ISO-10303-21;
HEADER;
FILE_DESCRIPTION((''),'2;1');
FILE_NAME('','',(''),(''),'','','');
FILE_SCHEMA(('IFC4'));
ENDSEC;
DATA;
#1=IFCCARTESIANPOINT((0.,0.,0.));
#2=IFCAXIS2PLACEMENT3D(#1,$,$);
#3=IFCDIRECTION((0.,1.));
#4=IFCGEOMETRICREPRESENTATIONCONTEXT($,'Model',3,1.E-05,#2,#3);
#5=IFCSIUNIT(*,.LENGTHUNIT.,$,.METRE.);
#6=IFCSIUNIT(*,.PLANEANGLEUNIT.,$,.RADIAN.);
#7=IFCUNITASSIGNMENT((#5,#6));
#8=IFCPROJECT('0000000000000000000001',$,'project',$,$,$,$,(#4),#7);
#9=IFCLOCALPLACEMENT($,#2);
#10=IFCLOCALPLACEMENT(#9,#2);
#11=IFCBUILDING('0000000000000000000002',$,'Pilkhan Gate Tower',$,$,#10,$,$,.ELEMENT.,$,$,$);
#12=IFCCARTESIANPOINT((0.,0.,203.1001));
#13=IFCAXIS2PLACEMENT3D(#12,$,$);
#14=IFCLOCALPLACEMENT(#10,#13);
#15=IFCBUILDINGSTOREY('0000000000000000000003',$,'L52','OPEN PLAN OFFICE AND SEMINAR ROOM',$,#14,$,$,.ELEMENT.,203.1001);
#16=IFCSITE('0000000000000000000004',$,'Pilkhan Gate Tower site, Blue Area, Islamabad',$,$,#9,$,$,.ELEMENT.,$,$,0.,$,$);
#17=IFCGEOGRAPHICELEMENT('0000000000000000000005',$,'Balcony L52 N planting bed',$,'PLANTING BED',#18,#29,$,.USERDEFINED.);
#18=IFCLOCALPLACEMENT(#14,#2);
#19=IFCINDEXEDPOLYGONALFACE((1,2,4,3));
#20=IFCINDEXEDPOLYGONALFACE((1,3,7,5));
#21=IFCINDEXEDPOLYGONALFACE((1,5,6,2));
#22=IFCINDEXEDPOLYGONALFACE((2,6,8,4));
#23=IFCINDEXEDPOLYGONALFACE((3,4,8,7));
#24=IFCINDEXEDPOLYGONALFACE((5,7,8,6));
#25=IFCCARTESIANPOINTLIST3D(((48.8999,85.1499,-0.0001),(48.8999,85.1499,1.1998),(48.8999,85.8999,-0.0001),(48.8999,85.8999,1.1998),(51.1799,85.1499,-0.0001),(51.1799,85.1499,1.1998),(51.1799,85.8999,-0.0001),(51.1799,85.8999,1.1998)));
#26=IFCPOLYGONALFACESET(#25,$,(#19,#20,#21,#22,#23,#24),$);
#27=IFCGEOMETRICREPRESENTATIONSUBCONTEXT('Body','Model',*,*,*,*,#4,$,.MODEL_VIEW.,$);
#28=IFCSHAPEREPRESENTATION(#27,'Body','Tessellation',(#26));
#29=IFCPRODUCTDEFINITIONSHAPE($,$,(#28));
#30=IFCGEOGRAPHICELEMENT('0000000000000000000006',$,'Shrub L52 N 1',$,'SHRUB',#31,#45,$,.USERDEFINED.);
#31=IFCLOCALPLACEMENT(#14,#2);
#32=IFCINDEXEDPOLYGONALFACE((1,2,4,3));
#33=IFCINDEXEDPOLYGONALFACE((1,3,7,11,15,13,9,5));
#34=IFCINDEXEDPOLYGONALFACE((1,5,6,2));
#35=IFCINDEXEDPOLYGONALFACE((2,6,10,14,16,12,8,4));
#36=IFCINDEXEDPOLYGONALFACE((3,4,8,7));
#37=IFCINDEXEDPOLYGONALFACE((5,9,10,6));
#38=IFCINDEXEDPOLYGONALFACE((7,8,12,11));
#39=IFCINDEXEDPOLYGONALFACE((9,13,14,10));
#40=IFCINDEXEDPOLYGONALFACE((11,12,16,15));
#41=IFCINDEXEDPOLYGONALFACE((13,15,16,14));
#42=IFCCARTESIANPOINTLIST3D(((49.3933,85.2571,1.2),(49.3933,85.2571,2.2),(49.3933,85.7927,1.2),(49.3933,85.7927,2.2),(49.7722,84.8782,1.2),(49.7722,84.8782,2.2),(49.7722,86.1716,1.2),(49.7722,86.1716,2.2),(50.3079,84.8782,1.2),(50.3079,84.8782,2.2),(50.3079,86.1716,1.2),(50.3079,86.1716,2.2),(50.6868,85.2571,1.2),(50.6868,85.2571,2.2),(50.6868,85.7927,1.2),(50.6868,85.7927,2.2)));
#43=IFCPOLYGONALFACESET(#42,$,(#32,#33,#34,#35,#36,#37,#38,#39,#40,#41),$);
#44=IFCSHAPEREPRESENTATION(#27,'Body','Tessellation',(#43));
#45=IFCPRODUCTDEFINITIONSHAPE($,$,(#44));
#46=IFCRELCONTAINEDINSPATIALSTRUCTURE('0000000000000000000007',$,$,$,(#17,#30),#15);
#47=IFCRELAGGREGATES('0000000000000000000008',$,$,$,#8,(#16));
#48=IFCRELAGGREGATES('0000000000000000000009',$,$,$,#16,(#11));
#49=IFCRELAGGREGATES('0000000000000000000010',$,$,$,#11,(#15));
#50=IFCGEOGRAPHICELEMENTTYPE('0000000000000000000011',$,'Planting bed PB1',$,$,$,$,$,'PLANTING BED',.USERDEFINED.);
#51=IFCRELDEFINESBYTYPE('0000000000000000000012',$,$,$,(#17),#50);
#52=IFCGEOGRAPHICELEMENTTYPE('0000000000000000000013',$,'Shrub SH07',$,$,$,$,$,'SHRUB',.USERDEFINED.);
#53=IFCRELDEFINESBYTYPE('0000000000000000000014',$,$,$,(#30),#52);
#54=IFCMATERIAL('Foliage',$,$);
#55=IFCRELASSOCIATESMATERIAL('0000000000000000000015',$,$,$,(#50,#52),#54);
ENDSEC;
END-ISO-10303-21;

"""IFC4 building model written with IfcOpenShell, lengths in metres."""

from ifc_helpers import new_model, si_unit, direction, frame, origin, origin_2d, place, context, subcontext, project, spatial, polyline, rectangle, outline, extrude, material, material_profile, profile_set, type_object, element, save


model = new_model("IFC4")

# Units and contexts
model_context = context("Model", 3, precision=1e-05, world=origin(), true_north=direction((0.0, 1.0)))
body_context = subcontext(model_context, "Body", "Model", "MODEL_VIEW")
ifc_project = project(units=[si_unit("LENGTHUNIT", "METRE"), si_unit("PLANEANGLEUNIT", "RADIAN")], contexts=[model_context])

# Site, building, storey
site_placement = place(None, origin())
site = spatial("IfcSite", under=ifc_project, at=site_placement, Name="Pilkhan Gate Tower site, Blue Area, Islamabad", CompositionType="ELEMENT", RefElevation=0.0)
building_placement = place(site_placement, origin())
building = spatial("IfcBuilding", under=site, at=building_placement, Name="Pilkhan Gate Tower", CompositionType="ELEMENT")
storey_placement = place(building_placement, frame((0.0, 0.0, 203.1001)))
storey = spatial("IfcBuildingStorey", under=building, at=storey_placement, Name="L52", Description="OPEN PLAN OFFICE AND SEMINAR ROOM", CompositionType="ELEMENT", Elevation=203.1001)

# Geographic elements
ifc_material_1 = material(Name="Foliage")
ifc_material_profile_1 = material_profile(ifc_material_1, rectangle(XDim=0.75, YDim=1.2, at=origin_2d()), Name="Bed 750x1200")
ifc_profile_set_1 = profile_set([ifc_material_profile_1], Name="Foliage")
geographic_element_type_1 = type_object("IfcGeographicElementType", Name="Planting bed PB1", ElementType="PLANTING BED", PredefinedType="USERDEFINED", material=ifc_profile_set_1)
geographic_element_1_placement = place(storey_placement, frame((48.8999, 85.5249, 0.5999), z_axis=(1.0, 0.0, 0.0), x_axis=(0.0, 1.0, 0.0)))
element("IfcGeographicElement", 1, at=geographic_element_1_placement, inside=storey, type_object=geographic_element_type_1, Name="Balcony L52 N planting bed", ObjectType="PLANTING BED", PredefinedType="USERDEFINED", context=body_context, shape_type="SweptSolid", body=[
    extrude(rectangle(XDim=0.75, YDim=1.2, at=origin_2d()), origin(), (0.0, 0.0, 1.0), 2.28),
])
ifc_material_profile_2 = material_profile(ifc_material_1, outline(polyline([(0.6467, 0.2678), (0.2678, 0.6467), (-0.2678, 0.6467), (-0.6467, 0.2678), (-0.6467, -0.2678), (-0.2678, -0.6467), (0.2678, -0.6467), (0.6467, -0.2678), (0.6467, 0.2678)])), Name="Shrub D1.4")
ifc_profile_set_2 = profile_set([ifc_material_profile_2], Name="Foliage")
geographic_element_type_2 = type_object("IfcGeographicElementType", Name="Shrub SH07", ElementType="SHRUB", PredefinedType="USERDEFINED", material=ifc_profile_set_2)
geographic_element_2_placement = place(storey_placement, frame((50.04, 85.5249, 1.2), z_axis=(0.0, 0.0, 1.0), x_axis=(1.0, 0.0, 0.0)))
element("IfcGeographicElement", 2, at=geographic_element_2_placement, inside=storey, type_object=geographic_element_type_2, Name="Shrub L52 N 1", ObjectType="SHRUB", PredefinedType="USERDEFINED", context=body_context, shape_type="SweptSolid", body=[
    extrude(outline(polyline([(0.6467, 0.2678), (0.2678, 0.6467), (-0.2678, 0.6467), (-0.6467, 0.2678), (-0.6467, -0.2678), (-0.2678, -0.6467), (0.2678, -0.6467), (0.6467, -0.2678), (0.6467, 0.2678)])), origin(), (0.0, 0.0, 1.0), 1.0),
])

save(model, "model.ifc")
